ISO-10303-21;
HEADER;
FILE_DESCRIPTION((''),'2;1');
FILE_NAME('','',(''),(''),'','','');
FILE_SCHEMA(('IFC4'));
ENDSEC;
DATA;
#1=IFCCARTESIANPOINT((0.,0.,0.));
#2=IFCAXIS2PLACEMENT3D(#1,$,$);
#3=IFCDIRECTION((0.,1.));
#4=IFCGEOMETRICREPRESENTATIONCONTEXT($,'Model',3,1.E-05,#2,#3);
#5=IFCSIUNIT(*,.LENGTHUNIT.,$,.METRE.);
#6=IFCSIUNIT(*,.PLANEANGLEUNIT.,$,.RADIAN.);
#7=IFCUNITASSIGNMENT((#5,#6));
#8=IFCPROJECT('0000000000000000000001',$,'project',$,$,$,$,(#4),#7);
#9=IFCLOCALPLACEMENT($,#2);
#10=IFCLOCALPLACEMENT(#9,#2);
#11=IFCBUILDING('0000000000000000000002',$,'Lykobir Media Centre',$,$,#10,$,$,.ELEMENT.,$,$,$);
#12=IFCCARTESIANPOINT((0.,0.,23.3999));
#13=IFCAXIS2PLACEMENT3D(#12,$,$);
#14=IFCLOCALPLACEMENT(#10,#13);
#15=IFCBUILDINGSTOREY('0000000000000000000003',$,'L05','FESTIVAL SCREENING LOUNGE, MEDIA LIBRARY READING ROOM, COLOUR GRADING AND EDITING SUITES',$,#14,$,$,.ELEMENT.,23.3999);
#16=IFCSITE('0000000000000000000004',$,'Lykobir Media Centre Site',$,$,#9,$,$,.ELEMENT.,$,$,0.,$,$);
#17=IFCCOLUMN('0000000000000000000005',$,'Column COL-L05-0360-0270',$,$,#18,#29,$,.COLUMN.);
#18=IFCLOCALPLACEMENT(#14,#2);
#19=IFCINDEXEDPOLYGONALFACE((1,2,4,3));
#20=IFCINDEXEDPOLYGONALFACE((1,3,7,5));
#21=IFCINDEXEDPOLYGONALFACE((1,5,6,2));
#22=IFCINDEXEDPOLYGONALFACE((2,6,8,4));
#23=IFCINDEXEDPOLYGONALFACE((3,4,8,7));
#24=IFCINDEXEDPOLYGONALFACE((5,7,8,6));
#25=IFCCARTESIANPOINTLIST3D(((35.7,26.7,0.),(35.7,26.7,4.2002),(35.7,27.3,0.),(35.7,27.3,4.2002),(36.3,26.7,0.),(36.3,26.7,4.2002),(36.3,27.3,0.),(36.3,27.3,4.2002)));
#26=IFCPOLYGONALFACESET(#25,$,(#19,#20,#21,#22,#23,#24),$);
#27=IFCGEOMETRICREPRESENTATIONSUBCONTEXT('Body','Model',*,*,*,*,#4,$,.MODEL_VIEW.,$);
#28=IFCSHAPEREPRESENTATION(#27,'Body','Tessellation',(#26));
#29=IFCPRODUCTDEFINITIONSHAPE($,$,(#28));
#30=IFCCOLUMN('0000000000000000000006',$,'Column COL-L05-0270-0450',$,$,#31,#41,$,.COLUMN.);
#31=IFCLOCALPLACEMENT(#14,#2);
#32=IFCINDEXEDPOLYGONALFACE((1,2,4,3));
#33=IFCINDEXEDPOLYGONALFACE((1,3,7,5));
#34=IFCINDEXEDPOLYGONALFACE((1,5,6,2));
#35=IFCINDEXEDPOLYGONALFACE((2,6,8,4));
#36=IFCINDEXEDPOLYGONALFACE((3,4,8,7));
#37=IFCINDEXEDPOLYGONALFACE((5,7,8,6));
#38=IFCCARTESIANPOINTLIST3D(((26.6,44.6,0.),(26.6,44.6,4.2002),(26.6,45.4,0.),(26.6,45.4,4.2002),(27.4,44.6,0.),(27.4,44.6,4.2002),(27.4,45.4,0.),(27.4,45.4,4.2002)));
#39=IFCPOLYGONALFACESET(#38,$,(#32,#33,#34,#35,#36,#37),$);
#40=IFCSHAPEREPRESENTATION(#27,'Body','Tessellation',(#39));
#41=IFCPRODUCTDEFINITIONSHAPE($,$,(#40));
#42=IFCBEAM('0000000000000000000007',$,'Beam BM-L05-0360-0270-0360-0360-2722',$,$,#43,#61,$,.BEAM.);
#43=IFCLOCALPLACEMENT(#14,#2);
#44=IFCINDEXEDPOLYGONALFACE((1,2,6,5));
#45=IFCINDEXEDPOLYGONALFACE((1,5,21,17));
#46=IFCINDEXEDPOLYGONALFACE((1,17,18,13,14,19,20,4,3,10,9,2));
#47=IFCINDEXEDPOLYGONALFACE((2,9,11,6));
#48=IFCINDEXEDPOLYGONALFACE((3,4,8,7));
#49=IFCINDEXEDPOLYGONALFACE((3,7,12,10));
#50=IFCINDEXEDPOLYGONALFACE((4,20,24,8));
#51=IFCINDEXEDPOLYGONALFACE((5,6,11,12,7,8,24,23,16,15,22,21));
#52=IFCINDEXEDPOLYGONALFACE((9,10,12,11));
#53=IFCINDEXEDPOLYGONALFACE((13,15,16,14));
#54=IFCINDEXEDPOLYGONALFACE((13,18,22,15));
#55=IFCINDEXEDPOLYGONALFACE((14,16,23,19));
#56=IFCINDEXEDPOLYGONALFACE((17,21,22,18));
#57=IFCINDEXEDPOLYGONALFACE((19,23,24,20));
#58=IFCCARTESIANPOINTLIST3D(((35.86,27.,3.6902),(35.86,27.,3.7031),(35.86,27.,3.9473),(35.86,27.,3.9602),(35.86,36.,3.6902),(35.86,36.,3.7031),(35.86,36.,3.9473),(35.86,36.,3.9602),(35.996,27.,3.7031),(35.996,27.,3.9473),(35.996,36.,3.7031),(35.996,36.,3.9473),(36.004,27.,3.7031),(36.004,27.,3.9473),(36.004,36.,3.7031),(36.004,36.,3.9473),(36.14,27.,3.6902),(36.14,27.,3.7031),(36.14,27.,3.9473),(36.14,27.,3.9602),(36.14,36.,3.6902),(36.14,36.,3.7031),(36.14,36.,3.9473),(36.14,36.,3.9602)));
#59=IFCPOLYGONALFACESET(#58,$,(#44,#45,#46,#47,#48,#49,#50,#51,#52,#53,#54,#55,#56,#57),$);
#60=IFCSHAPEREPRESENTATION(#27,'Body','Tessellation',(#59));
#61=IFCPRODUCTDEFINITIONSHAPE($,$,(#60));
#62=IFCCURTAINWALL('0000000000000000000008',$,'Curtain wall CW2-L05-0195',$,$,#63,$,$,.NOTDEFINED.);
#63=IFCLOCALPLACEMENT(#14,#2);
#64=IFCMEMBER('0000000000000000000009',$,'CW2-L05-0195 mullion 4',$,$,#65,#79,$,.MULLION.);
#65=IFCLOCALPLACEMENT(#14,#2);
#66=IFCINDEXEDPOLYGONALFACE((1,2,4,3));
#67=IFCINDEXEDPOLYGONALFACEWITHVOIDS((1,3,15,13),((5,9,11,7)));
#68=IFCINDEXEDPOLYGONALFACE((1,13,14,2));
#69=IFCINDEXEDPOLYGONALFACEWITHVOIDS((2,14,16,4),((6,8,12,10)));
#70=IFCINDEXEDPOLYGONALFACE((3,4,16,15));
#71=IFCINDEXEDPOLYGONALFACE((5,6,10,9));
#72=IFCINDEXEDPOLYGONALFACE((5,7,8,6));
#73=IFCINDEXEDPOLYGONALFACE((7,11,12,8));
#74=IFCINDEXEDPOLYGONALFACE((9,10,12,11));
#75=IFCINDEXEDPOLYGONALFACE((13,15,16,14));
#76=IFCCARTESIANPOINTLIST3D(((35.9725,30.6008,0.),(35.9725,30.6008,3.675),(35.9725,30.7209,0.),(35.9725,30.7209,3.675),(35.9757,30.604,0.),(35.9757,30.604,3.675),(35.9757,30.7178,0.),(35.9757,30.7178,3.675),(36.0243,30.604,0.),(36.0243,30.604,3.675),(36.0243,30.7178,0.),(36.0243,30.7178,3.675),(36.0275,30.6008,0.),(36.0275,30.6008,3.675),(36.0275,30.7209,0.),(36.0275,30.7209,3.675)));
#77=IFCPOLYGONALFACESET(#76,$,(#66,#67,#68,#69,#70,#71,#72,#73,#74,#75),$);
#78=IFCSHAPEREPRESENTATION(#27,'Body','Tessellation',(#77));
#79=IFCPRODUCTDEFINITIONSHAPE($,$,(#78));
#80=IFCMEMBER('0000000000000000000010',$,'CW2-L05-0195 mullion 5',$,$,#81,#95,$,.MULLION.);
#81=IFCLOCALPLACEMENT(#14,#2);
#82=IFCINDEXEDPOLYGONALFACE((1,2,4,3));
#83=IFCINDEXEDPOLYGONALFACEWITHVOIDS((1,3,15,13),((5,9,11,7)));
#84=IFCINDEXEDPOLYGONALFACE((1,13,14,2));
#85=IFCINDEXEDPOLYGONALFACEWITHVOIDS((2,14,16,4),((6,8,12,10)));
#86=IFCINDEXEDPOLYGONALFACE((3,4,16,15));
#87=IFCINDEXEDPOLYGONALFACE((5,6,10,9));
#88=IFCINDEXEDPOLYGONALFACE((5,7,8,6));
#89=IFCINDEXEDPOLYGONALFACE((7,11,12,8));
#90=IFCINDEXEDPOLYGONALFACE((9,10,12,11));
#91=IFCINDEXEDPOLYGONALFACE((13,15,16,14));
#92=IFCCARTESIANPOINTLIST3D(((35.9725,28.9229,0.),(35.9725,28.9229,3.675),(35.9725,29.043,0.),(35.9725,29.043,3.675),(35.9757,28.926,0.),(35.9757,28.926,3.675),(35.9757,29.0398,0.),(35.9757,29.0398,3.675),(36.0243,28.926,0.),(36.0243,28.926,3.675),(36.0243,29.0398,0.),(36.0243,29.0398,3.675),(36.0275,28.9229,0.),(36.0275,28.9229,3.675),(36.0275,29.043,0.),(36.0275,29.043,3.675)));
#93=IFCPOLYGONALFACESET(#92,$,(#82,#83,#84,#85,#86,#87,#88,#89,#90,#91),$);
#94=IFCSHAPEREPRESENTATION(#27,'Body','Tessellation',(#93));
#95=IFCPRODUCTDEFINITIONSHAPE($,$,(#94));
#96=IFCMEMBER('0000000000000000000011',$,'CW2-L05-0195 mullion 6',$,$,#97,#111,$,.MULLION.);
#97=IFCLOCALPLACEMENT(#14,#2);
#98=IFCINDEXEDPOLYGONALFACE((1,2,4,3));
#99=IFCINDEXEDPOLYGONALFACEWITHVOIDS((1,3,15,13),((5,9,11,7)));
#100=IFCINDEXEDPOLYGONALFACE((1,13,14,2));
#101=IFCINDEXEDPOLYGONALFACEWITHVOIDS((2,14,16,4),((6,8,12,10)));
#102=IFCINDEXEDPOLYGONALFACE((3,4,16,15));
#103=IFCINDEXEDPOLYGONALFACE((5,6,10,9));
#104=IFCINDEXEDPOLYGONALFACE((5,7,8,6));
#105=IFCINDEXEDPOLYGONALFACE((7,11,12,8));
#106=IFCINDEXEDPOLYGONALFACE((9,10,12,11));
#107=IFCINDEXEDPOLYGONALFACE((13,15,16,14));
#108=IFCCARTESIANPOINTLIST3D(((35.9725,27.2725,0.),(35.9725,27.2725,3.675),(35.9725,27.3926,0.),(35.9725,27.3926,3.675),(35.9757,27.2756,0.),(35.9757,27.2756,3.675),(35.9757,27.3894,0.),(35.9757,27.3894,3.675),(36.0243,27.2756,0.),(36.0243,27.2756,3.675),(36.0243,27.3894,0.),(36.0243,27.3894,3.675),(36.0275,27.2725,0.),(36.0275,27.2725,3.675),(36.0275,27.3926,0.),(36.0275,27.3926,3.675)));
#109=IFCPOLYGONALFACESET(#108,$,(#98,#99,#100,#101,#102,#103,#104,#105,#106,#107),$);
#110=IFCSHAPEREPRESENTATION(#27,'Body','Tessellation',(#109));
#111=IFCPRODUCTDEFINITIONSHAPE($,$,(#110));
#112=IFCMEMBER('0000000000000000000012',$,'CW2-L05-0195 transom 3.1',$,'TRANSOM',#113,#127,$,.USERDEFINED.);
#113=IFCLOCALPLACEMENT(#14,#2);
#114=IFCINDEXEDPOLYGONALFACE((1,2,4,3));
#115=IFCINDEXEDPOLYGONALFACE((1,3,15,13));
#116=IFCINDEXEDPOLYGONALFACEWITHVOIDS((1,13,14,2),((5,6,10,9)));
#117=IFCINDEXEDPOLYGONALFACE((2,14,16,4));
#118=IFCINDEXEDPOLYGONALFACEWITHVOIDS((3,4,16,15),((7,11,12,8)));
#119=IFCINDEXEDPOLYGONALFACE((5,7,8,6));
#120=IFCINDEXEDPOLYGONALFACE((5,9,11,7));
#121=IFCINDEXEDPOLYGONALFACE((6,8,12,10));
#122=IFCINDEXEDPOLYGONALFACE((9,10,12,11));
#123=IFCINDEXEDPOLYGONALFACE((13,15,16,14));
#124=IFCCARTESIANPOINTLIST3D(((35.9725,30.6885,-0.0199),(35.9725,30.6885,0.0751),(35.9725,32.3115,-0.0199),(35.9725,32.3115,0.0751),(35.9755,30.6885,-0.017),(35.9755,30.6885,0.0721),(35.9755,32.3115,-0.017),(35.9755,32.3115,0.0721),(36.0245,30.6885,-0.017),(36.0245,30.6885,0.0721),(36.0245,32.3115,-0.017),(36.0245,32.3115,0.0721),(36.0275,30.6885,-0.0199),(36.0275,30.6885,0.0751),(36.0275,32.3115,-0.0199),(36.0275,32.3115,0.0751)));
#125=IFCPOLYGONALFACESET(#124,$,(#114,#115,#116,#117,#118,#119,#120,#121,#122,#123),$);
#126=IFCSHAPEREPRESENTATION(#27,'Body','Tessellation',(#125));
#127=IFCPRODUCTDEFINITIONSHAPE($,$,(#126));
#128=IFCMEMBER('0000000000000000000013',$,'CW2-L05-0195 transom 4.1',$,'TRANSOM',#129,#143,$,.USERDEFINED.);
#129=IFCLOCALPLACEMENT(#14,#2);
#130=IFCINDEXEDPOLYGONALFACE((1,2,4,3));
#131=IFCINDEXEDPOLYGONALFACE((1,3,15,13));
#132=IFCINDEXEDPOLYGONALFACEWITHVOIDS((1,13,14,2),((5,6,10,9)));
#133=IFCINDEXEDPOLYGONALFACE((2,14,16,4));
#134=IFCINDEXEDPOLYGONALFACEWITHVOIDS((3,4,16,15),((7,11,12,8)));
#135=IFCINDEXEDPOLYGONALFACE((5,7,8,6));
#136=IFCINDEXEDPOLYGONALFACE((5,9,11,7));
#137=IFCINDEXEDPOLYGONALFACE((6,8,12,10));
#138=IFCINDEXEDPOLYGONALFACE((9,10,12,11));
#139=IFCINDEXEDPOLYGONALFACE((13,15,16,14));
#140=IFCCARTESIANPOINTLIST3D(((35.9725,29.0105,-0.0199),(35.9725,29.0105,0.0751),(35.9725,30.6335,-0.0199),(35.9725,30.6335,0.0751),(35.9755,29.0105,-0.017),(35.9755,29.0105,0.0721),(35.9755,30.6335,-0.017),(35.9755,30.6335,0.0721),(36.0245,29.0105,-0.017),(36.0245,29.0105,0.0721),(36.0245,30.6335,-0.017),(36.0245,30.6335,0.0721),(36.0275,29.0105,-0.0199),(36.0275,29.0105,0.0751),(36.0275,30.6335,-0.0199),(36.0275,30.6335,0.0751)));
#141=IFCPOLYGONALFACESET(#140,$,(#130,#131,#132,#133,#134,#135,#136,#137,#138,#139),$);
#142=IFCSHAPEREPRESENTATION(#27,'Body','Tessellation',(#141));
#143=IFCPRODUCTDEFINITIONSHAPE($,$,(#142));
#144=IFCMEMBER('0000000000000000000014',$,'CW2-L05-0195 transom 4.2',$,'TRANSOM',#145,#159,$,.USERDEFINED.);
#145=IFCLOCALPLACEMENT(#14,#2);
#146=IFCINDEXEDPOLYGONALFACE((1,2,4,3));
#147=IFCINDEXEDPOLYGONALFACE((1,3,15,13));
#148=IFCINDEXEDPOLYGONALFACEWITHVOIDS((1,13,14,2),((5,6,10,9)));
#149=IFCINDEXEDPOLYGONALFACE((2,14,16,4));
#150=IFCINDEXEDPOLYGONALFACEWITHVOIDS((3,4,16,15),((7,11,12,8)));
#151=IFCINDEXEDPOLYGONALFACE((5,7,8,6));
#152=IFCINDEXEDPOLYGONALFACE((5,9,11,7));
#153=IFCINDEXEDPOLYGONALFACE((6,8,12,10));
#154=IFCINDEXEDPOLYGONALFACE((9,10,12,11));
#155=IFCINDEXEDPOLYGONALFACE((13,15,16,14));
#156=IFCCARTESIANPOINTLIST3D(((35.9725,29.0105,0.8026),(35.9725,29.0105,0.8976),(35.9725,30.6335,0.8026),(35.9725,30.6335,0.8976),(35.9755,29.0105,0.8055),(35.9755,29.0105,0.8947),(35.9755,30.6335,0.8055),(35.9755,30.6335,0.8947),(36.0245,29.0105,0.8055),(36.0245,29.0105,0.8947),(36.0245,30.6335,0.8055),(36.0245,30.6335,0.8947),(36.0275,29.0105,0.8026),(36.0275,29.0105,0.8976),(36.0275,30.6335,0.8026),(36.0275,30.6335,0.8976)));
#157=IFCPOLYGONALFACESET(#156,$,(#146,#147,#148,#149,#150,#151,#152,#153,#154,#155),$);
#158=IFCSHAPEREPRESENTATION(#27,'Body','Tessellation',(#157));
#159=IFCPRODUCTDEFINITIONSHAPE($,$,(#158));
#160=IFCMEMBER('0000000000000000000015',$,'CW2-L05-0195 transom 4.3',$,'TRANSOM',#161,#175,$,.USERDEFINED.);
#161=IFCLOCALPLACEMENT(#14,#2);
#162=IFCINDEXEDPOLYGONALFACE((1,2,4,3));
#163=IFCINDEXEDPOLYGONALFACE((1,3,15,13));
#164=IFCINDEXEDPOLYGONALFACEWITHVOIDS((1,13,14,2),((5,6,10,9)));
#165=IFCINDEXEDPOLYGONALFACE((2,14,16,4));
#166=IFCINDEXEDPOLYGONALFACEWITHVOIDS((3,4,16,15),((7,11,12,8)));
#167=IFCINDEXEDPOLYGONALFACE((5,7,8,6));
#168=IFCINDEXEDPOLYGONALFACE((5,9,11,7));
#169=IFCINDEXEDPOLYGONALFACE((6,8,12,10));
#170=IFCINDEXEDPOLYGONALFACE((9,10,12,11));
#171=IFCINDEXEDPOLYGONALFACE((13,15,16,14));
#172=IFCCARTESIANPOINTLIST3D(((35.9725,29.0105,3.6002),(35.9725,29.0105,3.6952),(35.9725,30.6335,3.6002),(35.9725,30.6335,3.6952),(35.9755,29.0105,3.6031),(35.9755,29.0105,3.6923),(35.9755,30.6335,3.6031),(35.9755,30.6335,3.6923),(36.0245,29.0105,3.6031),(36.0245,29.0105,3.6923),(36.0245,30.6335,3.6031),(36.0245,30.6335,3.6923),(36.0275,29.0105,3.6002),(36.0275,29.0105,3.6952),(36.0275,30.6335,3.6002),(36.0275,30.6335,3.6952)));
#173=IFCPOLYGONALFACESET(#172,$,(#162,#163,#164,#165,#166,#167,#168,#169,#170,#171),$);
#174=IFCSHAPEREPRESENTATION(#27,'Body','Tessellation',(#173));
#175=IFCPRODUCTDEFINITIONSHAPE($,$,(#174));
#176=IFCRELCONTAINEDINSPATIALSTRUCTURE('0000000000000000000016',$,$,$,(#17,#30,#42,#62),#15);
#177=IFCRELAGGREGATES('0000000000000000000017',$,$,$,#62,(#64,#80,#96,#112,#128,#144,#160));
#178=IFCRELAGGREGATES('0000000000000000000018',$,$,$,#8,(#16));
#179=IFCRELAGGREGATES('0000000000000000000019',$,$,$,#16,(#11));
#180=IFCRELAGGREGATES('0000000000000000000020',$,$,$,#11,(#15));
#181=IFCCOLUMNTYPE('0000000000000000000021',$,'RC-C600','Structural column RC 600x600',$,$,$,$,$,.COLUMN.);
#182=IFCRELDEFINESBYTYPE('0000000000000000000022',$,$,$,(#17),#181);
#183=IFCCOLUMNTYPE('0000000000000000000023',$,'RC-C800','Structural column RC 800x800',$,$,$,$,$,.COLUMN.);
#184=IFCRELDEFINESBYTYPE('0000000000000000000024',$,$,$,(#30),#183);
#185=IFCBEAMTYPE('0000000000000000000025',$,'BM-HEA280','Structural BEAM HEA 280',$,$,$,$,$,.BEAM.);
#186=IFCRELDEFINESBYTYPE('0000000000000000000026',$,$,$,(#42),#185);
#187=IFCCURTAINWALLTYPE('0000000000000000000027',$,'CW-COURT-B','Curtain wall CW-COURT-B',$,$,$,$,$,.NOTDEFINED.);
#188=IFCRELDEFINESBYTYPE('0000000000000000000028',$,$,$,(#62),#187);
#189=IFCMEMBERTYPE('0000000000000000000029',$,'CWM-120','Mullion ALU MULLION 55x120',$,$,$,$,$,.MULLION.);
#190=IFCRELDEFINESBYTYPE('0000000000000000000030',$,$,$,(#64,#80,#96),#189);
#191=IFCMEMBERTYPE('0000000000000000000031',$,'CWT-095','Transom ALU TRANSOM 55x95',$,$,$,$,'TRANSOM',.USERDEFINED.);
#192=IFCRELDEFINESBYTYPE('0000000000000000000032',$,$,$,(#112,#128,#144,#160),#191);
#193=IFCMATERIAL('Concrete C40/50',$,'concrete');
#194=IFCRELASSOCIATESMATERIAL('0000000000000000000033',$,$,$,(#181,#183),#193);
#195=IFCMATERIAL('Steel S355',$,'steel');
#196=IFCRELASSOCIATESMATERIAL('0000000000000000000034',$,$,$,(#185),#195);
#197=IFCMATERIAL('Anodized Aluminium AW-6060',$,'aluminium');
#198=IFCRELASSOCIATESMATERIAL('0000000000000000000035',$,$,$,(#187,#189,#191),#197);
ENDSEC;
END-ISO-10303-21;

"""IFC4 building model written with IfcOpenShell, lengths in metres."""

from ifc_helpers import new_model, si_unit, direction, frame, origin, origin_2d, place, context, subcontext, project, spatial, rectangle, hollow_rectangle, i_section, extrude, material, material_profile, profile_set, type_object, element, aggregate, save


model = new_model("IFC4")

# Units and contexts
model_context = context("Model", 3, precision=1e-05, world=origin(), true_north=direction((0.0, 1.0)))
body_context = subcontext(model_context, "Body", "Model", "MODEL_VIEW")
ifc_project = project(units=[si_unit("LENGTHUNIT", "METRE"), si_unit("PLANEANGLEUNIT", "RADIAN")], contexts=[model_context])

# Site, building, storey
site_placement = place(None, origin())
site = spatial("IfcSite", under=ifc_project, at=site_placement, Name="Lykobir Media Centre Site", CompositionType="ELEMENT", RefElevation=0.0)
building_placement = place(site_placement, origin())
building = spatial("IfcBuilding", under=site, at=building_placement, Name="Lykobir Media Centre", CompositionType="ELEMENT")
storey_placement = place(building_placement, frame((0.0, 0.0, 23.3999)))
storey = spatial("IfcBuildingStorey", under=building, at=storey_placement, Name="L05", Description="FESTIVAL SCREENING LOUNGE, MEDIA LIBRARY READING ROOM, COLOUR GRADING AND EDITING SUITES", CompositionType="ELEMENT", Elevation=23.3999)

# Columns
ifc_material_1 = material(Name="Concrete C40/50", Category="concrete")
ifc_material_profile_1 = material_profile(ifc_material_1, rectangle(XDim=0.6001, YDim=0.6001, at=origin_2d()), Name="RC 600x600")
ifc_profile_set_1 = profile_set([ifc_material_profile_1], Name="Concrete C40/50")
column_type_1 = type_object("IfcColumnType", Name="RC-C600", Description="Structural column RC 600x600", PredefinedType="COLUMN", material=ifc_profile_set_1)
column_1_placement = place(storey_placement, frame((36.0, 27.0, 0.0), z_axis=(0.0, 0.0, 1.0), x_axis=(1.0, 0.0, 0.0)))
element("IfcColumn", 1, at=column_1_placement, inside=storey, type_object=column_type_1, Name="Column COL-L05-0360-0270", PredefinedType="COLUMN", context=body_context, shape_type="SweptSolid", body=[
    extrude(rectangle(XDim=0.6001, YDim=0.6001, at=origin_2d()), origin(), (0.0, 0.0, 1.0), 4.2002),
])
ifc_material_profile_2 = material_profile(ifc_material_1, rectangle(XDim=0.8, YDim=0.8, at=origin_2d()), Name="RC 800x800")
ifc_profile_set_2 = profile_set([ifc_material_profile_2], Name="Concrete C40/50")
column_type_2 = type_object("IfcColumnType", Name="RC-C800", Description="Structural column RC 800x800", PredefinedType="COLUMN", material=ifc_profile_set_2)
column_2_placement = place(storey_placement, frame((27.0, 45.0, 0.0), z_axis=(0.0, 0.0, 1.0), x_axis=(1.0, 0.0, 0.0)))
element("IfcColumn", 2, at=column_2_placement, inside=storey, type_object=column_type_2, Name="Column COL-L05-0270-0450", PredefinedType="COLUMN", context=body_context, shape_type="SweptSolid", body=[
    extrude(rectangle(XDim=0.8, YDim=0.8, at=origin_2d()), origin(), (0.0, 0.0, 1.0), 4.2002),
])

# Beam
ifc_material_2 = material(Name="Steel S355", Category="steel")
ifc_material_profile_3 = material_profile(ifc_material_2, i_section(OverallWidth=0.28, OverallDepth=0.27, WebThickness=0.0081, FlangeThickness=0.0129, at=origin_2d()), Name="HEA 280")
ifc_profile_set_3 = profile_set([ifc_material_profile_3], Name="Steel S355")
beam_type_1 = type_object("IfcBeamType", Name="BM-HEA280", Description="Structural BEAM HEA 280", PredefinedType="BEAM", material=ifc_profile_set_3)
beam_placement = place(storey_placement, frame((36.0, 27.0, 3.8252), z_axis=(0.0, 1.0, 0.0), x_axis=(-1.0, 0.0, 0.0)))
element("IfcBeam", 3, at=beam_placement, inside=storey, type_object=beam_type_1, Name="Beam BM-L05-0360-0270-0360-0360-2722", PredefinedType="BEAM", context=body_context, shape_type="SweptSolid", body=[
    extrude(i_section(OverallWidth=0.28, OverallDepth=0.27, WebThickness=0.0081, FlangeThickness=0.0129, at=origin_2d()), origin(), (0.0, 0.0, 1.0), 9.0),
])

# Curtain wall, members
ifc_material_3 = material(Name="Anodized Aluminium AW-6060", Category="aluminium")
curtain_wall_type = type_object("IfcCurtainWallType", Name="CW-COURT-B", Description="Curtain wall CW-COURT-B", PredefinedType="NOTDEFINED", material=ifc_material_3)
curtain_wall_placement = place(storey_placement, origin())
curtain_wall = element("IfcCurtainWall", 4, at=curtain_wall_placement, inside=storey, type_object=curtain_wall_type, Name="Curtain wall CW2-L05-0195", PredefinedType="NOTDEFINED")
ifc_material_profile_4 = material_profile(ifc_material_3, hollow_rectangle(XDim=0.0549, YDim=0.1201, WallThickness=0.0032, at=origin_2d()), Name="ALU MULLION 55x120")
ifc_profile_set_4 = profile_set([ifc_material_profile_4], Name="Anodized Aluminium AW-6060")
member_type_1 = type_object("IfcMemberType", Name="CWM-120", Description="Mullion ALU MULLION 55x120", PredefinedType="MULLION", material=ifc_profile_set_4)
member_1_placement = place(storey_placement, frame((36.0, 30.6609, 0.0), z_axis=(0.0, 0.0, 1.0), x_axis=(1.0, 0.0, 0.0)))
member_1 = element("IfcMember", 5, at=member_1_placement, type_object=member_type_1, Name="CW2-L05-0195 mullion 4", PredefinedType="MULLION", context=body_context, shape_type="SweptSolid", body=[
    extrude(hollow_rectangle(XDim=0.0549, YDim=0.1201, WallThickness=0.0032, at=origin_2d()), origin(), (0.0, 0.0, 1.0), 3.675),
])
member_2_placement = place(storey_placement, frame((36.0, 28.9829, 0.0), z_axis=(0.0, 0.0, 1.0), x_axis=(1.0, 0.0, 0.0)))
member_2 = element("IfcMember", 6, at=member_2_placement, type_object=member_type_1, Name="CW2-L05-0195 mullion 5", PredefinedType="MULLION", context=body_context, shape_type="SweptSolid", body=[
    extrude(hollow_rectangle(XDim=0.0549, YDim=0.1201, WallThickness=0.0032, at=origin_2d()), origin(), (0.0, 0.0, 1.0), 3.675),
])
member_3_placement = place(storey_placement, frame((36.0, 27.3325, 0.0), z_axis=(0.0, 0.0, 1.0), x_axis=(1.0, 0.0, 0.0)))
member_3 = element("IfcMember", 7, at=member_3_placement, type_object=member_type_1, Name="CW2-L05-0195 mullion 6", PredefinedType="MULLION", context=body_context, shape_type="SweptSolid", body=[
    extrude(hollow_rectangle(XDim=0.0549, YDim=0.1201, WallThickness=0.0032, at=origin_2d()), origin(), (0.0, 0.0, 1.0), 3.675),
])
ifc_material_profile_5 = material_profile(ifc_material_3, hollow_rectangle(XDim=0.0549, YDim=0.095, WallThickness=0.0029, at=origin_2d()), Name="ALU TRANSOM 55x95")
ifc_profile_set_5 = profile_set([ifc_material_profile_5], Name="Anodized Aluminium AW-6060")
member_type_2 = type_object("IfcMemberType", Name="CWT-095", Description="Transom ALU TRANSOM 55x95", ElementType="TRANSOM", PredefinedType="USERDEFINED", material=ifc_profile_set_5)
member_4_placement = place(storey_placement, frame((36.0, 32.3115, 0.0276), z_axis=(0.0, -1.0, 0.0), x_axis=(1.0, 0.0, 0.0)))
member_4 = element("IfcMember", 8, at=member_4_placement, type_object=member_type_2, Name="CW2-L05-0195 transom 3.1", ObjectType="TRANSOM", PredefinedType="USERDEFINED", context=body_context, shape_type="SweptSolid", body=[
    extrude(hollow_rectangle(XDim=0.0549, YDim=0.095, WallThickness=0.0029, at=origin_2d()), origin(), (0.0, 0.0, 1.0), 1.623),
])
member_5_placement = place(storey_placement, frame((36.0, 30.6335, 0.0276), z_axis=(0.0, -1.0, 0.0), x_axis=(1.0, 0.0, 0.0)))
member_5 = element("IfcMember", 9, at=member_5_placement, type_object=member_type_2, Name="CW2-L05-0195 transom 4.1", ObjectType="TRANSOM", PredefinedType="USERDEFINED", context=body_context, shape_type="SweptSolid", body=[
    extrude(hollow_rectangle(XDim=0.0549, YDim=0.095, WallThickness=0.0029, at=origin_2d()), origin(), (0.0, 0.0, 1.0), 1.623),
])
member_6_placement = place(storey_placement, frame((36.0, 30.6335, 0.8501), z_axis=(0.0, -1.0, 0.0), x_axis=(1.0, 0.0, 0.0)))
member_6 = element("IfcMember", 10, at=member_6_placement, type_object=member_type_2, Name="CW2-L05-0195 transom 4.2", ObjectType="TRANSOM", PredefinedType="USERDEFINED", context=body_context, shape_type="SweptSolid", body=[
    extrude(hollow_rectangle(XDim=0.0549, YDim=0.095, WallThickness=0.0029, at=origin_2d()), origin(), (0.0, 0.0, 1.0), 1.623),
])
member_7_placement = place(storey_placement, frame((36.0, 30.6335, 3.6477), z_axis=(0.0, -1.0, 0.0), x_axis=(1.0, 0.0, 0.0)))
member_7 = element("IfcMember", 11, at=member_7_placement, type_object=member_type_2, Name="CW2-L05-0195 transom 4.3", ObjectType="TRANSOM", PredefinedType="USERDEFINED", context=body_context, shape_type="SweptSolid", body=[
    extrude(hollow_rectangle(XDim=0.0549, YDim=0.095, WallThickness=0.0029, at=origin_2d()), origin(), (0.0, 0.0, 1.0), 1.623),
])

aggregate(curtain_wall, [member_1, member_2, member_3, member_4, member_5, member_6, member_7])

save(model, "model.ifc")
